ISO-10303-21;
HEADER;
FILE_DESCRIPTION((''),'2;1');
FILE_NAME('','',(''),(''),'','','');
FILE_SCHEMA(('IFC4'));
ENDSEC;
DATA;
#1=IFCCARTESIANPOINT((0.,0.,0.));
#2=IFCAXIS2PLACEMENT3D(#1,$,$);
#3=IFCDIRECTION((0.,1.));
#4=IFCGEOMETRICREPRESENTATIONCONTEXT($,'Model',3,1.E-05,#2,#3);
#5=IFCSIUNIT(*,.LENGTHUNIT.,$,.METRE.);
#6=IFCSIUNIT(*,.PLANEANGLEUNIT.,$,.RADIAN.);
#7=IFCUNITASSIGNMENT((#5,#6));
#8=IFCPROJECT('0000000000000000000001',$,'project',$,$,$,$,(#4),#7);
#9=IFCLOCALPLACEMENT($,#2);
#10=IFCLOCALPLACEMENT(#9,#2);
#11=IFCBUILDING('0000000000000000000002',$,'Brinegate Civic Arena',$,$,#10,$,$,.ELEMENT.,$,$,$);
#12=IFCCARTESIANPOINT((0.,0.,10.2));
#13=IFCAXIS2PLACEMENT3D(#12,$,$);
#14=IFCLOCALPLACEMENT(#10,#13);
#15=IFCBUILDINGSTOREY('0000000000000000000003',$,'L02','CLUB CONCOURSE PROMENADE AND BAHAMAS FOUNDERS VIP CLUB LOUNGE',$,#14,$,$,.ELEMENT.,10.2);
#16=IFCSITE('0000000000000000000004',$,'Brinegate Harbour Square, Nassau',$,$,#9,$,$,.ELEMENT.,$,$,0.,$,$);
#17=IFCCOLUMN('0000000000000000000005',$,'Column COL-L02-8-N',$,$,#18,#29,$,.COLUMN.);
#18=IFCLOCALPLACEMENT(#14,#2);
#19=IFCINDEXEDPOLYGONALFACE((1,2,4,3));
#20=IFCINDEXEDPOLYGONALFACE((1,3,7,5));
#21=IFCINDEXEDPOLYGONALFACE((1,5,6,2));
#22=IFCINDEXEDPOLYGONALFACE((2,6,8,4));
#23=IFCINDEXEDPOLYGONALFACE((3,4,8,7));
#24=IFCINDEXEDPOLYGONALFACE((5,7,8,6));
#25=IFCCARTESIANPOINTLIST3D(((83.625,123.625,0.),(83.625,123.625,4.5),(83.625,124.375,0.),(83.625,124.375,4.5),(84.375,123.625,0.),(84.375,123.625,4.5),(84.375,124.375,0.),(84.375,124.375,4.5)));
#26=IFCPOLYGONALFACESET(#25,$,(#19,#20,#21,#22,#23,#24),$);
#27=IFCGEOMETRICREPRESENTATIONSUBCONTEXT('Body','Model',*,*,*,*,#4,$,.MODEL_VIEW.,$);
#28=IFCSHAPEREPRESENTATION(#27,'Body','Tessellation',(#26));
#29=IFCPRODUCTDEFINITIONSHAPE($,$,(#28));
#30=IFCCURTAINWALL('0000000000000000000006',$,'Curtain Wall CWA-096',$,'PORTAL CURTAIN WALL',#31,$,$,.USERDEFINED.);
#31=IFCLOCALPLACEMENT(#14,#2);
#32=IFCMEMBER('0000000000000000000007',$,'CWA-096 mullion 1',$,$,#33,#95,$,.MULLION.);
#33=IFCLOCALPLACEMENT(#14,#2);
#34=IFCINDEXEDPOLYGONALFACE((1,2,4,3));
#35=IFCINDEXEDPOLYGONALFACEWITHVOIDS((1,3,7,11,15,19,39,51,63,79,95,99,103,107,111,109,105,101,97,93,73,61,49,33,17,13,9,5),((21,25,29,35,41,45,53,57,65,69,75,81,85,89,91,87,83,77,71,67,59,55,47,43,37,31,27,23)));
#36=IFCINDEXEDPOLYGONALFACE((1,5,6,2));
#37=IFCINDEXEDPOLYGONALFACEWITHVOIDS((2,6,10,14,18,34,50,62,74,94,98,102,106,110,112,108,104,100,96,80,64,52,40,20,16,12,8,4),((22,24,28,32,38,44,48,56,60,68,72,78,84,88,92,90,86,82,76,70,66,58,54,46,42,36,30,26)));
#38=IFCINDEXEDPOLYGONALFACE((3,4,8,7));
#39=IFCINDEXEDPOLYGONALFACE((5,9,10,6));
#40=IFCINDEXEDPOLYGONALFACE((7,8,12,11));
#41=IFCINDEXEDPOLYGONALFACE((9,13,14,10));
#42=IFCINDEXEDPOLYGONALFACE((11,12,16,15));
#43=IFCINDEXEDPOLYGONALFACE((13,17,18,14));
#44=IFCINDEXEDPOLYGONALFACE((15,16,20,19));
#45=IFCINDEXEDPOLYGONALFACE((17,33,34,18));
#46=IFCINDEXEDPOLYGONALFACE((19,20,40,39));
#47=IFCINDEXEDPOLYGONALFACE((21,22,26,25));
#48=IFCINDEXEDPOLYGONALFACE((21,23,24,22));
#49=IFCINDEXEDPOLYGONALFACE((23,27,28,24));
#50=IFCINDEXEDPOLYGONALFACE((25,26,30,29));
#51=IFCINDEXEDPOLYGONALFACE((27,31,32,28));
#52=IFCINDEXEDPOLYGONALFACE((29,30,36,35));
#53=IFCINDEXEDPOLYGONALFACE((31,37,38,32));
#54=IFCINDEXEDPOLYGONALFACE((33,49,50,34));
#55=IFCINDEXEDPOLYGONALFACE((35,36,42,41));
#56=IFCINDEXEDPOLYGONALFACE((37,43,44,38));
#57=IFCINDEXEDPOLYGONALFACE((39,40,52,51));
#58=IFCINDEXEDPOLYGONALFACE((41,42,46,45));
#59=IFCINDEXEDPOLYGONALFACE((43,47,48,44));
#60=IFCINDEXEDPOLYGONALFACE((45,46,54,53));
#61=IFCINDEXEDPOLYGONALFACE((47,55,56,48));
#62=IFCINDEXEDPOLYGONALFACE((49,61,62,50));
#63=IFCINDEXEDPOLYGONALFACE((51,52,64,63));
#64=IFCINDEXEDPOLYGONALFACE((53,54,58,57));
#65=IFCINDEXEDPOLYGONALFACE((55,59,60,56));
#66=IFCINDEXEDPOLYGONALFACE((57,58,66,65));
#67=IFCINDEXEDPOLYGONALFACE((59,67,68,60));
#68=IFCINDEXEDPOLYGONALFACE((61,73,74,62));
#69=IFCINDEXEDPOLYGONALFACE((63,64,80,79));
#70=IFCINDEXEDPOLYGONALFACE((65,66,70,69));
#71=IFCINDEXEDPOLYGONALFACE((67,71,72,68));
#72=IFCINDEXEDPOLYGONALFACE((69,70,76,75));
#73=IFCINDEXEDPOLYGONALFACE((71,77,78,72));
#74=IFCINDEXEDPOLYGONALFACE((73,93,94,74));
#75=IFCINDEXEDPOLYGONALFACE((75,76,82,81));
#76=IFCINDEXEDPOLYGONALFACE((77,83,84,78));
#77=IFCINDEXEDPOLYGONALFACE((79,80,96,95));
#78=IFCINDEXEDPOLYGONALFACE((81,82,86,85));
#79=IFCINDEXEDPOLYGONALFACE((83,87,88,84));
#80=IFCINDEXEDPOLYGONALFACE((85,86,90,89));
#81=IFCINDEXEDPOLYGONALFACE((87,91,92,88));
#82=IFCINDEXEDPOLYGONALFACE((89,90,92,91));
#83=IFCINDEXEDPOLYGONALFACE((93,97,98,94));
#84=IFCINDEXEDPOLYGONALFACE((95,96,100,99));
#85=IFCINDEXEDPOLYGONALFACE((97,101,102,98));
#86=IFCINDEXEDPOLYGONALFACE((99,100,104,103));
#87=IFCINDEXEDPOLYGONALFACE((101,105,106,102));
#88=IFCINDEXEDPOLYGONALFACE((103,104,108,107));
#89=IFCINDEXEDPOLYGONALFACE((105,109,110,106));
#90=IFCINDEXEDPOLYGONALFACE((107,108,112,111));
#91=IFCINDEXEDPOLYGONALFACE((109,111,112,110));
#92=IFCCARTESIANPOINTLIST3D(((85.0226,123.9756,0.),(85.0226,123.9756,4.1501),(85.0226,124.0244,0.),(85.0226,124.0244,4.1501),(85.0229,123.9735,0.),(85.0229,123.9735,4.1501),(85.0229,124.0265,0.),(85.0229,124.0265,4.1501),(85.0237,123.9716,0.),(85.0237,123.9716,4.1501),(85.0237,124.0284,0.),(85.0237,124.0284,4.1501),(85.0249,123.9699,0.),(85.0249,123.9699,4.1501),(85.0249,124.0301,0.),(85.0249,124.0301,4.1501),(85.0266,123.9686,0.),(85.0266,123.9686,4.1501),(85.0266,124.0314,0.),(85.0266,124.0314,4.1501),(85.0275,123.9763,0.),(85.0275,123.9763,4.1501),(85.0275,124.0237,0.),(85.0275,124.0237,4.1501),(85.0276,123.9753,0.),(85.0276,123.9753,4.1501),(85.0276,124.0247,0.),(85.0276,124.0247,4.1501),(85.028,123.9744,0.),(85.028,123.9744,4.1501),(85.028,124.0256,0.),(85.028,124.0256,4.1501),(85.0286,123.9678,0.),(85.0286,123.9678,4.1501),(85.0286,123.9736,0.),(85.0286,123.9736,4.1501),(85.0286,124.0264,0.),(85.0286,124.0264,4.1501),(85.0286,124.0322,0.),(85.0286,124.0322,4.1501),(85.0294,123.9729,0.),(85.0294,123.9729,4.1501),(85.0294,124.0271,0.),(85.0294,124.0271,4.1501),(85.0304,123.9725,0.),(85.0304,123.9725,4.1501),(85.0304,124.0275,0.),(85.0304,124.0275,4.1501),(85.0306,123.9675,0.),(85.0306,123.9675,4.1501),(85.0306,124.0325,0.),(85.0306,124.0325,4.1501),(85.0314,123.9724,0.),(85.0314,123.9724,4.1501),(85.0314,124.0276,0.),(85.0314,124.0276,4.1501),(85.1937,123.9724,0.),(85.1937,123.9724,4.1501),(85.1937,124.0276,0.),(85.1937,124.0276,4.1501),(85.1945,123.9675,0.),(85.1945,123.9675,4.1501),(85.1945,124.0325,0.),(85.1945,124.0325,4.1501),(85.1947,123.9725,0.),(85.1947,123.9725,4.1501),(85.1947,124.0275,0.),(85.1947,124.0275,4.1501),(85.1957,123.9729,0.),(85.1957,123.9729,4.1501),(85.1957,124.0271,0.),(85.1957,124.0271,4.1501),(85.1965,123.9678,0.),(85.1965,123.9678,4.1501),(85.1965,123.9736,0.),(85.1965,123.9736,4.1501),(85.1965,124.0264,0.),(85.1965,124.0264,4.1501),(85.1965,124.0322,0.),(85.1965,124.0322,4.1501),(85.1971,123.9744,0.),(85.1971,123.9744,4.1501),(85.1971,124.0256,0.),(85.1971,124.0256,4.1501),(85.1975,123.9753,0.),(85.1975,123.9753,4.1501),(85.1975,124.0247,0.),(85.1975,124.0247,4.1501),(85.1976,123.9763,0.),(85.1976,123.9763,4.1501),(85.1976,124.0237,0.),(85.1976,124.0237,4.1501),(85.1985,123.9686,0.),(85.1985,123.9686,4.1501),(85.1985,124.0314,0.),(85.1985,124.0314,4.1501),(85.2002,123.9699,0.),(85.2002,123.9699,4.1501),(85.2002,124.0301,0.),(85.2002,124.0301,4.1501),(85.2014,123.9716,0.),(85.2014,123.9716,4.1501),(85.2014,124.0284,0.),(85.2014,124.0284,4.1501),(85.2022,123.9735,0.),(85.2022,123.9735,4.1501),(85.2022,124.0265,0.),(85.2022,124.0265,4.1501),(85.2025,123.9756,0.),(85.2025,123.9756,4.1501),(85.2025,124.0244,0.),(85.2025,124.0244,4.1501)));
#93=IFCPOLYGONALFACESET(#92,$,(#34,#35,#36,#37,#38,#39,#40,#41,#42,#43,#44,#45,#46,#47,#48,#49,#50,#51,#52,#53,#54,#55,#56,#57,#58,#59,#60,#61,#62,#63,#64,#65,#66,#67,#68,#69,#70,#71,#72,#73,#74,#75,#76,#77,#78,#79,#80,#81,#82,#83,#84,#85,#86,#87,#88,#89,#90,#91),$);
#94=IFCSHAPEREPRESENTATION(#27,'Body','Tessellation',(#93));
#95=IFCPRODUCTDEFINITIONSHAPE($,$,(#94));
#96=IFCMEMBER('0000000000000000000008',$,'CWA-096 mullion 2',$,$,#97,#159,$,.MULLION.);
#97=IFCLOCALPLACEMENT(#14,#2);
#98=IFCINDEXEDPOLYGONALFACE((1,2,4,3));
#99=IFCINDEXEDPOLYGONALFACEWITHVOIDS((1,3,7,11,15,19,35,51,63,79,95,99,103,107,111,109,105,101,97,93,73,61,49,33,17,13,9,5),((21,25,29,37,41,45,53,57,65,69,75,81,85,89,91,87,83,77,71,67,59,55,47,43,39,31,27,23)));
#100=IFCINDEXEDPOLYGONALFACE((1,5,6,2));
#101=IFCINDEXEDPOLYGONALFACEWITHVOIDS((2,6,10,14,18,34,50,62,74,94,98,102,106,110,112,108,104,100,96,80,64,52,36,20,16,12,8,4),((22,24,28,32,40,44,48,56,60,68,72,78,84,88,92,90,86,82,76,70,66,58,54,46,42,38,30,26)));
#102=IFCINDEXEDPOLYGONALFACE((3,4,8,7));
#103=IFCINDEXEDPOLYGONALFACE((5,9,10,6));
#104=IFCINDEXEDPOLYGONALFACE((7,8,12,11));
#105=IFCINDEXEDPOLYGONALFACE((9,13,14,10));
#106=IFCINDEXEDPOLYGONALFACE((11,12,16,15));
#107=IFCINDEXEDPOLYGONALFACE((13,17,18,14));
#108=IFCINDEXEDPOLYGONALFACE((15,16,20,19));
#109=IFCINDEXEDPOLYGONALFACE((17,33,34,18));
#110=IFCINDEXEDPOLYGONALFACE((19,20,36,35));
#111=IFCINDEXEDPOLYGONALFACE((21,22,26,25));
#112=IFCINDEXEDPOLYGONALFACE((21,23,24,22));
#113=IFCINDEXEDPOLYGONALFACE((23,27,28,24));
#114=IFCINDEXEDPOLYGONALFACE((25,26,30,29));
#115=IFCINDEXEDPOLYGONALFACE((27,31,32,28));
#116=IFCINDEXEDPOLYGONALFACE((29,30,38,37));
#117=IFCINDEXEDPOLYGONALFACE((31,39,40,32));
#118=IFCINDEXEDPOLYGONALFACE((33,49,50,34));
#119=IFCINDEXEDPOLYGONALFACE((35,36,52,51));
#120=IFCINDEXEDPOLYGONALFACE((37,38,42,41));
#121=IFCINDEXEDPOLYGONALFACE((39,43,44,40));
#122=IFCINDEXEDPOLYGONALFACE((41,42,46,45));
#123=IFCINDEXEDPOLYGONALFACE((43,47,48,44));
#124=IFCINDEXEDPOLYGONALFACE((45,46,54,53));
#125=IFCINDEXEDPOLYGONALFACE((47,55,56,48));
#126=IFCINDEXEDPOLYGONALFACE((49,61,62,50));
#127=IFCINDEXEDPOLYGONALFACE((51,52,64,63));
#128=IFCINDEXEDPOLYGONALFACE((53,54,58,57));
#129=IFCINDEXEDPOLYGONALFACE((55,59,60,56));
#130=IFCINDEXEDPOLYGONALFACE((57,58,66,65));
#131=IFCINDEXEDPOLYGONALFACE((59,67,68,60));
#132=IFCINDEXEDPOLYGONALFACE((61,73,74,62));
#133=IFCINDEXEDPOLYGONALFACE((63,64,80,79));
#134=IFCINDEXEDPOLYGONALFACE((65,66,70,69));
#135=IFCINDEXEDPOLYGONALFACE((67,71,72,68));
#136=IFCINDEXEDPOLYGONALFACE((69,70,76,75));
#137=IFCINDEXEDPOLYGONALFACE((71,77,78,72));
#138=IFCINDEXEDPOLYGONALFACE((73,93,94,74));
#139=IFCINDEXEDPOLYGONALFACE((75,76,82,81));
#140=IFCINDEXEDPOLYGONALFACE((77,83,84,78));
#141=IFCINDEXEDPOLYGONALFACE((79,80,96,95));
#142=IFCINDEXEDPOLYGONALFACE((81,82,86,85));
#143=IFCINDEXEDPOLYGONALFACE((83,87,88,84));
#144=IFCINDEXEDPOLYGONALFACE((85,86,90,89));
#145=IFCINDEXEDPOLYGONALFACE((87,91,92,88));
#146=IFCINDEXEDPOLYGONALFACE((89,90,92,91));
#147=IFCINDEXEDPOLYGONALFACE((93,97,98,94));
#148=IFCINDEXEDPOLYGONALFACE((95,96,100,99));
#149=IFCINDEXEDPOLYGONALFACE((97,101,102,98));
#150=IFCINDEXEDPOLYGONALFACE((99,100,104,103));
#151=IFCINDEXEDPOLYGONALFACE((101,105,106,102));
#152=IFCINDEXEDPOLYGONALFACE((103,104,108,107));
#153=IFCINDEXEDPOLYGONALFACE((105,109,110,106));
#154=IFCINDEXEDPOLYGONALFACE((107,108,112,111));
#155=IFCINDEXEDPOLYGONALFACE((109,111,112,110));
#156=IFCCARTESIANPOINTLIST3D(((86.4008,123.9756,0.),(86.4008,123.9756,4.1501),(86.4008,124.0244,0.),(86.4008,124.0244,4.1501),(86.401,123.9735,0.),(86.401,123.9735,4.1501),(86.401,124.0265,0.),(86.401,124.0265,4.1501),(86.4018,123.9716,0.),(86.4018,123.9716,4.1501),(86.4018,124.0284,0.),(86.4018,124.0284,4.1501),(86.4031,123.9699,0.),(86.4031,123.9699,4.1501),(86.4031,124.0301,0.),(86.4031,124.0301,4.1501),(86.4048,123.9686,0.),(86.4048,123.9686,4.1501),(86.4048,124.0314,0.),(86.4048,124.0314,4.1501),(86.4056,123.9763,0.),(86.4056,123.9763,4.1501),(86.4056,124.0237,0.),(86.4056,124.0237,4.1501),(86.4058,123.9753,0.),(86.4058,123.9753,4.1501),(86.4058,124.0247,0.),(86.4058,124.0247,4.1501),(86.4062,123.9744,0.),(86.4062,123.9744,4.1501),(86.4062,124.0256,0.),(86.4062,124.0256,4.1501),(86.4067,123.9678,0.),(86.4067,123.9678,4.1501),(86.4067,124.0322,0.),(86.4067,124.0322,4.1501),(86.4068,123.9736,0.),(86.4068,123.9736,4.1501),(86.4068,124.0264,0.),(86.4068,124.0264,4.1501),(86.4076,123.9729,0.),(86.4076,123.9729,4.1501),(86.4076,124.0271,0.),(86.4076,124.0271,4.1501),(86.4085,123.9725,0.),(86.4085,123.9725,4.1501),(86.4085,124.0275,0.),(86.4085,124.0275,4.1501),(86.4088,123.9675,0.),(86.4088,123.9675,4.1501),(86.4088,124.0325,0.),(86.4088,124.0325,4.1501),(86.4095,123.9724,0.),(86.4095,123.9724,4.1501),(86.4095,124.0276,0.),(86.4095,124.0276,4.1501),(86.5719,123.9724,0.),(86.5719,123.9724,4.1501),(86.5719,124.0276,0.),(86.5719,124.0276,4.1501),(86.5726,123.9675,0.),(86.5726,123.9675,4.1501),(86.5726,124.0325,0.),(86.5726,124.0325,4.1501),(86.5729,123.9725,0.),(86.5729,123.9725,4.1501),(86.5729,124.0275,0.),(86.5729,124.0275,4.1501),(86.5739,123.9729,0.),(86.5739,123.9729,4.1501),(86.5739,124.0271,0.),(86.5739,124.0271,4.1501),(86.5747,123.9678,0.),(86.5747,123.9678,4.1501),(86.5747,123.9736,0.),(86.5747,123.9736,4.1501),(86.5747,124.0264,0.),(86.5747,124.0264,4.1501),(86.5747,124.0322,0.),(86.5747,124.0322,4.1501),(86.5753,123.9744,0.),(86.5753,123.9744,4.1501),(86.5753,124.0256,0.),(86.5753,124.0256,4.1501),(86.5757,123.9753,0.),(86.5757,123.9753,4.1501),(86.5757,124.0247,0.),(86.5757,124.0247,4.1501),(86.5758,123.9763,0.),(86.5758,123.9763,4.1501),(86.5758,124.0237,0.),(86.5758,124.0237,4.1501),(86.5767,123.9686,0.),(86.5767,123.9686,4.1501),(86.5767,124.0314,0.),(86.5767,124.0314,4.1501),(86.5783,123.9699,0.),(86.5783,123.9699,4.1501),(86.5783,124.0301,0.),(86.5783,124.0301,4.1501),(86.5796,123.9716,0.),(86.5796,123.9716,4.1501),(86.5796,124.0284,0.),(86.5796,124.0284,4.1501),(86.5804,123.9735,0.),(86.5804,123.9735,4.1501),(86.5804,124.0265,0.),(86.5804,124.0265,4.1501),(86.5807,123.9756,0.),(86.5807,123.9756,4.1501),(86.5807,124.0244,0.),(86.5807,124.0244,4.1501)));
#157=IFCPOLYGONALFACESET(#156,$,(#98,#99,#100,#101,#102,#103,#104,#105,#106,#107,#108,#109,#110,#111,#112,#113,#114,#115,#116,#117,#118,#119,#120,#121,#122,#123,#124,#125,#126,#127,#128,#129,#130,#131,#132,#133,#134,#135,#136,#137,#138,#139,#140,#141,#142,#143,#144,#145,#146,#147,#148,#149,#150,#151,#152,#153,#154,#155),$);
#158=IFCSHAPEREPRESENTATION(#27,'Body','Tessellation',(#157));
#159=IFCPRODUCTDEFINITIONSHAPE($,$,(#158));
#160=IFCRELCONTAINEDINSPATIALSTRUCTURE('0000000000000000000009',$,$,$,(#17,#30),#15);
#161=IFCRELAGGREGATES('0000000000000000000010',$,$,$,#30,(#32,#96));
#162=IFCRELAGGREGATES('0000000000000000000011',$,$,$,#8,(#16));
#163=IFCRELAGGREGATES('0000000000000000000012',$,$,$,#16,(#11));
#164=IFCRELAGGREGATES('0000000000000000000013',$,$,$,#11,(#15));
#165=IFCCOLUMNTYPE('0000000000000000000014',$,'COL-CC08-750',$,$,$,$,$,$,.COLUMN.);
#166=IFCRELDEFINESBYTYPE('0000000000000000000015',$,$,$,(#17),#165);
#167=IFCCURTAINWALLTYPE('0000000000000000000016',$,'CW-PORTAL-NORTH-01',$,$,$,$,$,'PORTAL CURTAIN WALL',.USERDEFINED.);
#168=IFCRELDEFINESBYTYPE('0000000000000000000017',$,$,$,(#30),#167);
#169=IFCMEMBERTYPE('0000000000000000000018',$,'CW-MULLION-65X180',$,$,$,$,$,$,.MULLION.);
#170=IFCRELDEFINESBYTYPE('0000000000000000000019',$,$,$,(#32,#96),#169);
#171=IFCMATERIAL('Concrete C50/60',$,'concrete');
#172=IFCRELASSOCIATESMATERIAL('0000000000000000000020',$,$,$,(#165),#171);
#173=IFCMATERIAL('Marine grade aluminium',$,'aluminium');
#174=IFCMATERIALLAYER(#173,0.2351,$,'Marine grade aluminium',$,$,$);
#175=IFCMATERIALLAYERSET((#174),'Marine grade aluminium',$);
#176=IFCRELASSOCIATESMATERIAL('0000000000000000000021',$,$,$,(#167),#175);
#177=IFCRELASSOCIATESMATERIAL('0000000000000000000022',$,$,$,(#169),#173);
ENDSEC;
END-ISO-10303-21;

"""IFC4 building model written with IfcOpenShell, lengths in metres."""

from ifc_helpers import new_model, si_unit, direction, frame, origin, origin_2d, place, context, subcontext, project, spatial, rectangle, hollow_rectangle, extrude, material, layer, layer_set, material_profile, profile_set, type_object, element, aggregate, save


model = new_model("IFC4")

# Units and contexts
model_context = context("Model", 3, precision=1e-05, world=origin(), true_north=direction((0.0, 1.0)))
body_context = subcontext(model_context, "Body", "Model", "MODEL_VIEW")
ifc_project = project(units=[si_unit("LENGTHUNIT", "METRE"), si_unit("PLANEANGLEUNIT", "RADIAN")], contexts=[model_context])

# Site, building, storey
site_placement = place(None, origin())
site = spatial("IfcSite", under=ifc_project, at=site_placement, Name="Brinegate Harbour Square, Nassau", CompositionType="ELEMENT", RefElevation=0.0)
building_placement = place(site_placement, origin())
building = spatial("IfcBuilding", under=site, at=building_placement, Name="Brinegate Civic Arena", CompositionType="ELEMENT")
storey_placement = place(building_placement, frame((0.0, 0.0, 10.2)))
storey = spatial("IfcBuildingStorey", under=building, at=storey_placement, Name="L02", Description="CLUB CONCOURSE PROMENADE AND BAHAMAS FOUNDERS VIP CLUB LOUNGE", CompositionType="ELEMENT", Elevation=10.2)

# Column
ifc_material_1 = material(Name="Concrete C50/60", Category="concrete")
ifc_material_profile_1 = material_profile(ifc_material_1, rectangle(XDim=0.75, YDim=0.75, at=origin_2d()), Name="RC750X750")
ifc_profile_set_1 = profile_set([ifc_material_profile_1], Name="Concrete C50/60")
column_type = type_object("IfcColumnType", Name="COL-CC08-750", PredefinedType="COLUMN", material=ifc_profile_set_1)
column_placement = place(storey_placement, frame((84.0, 124.0, 0.0), z_axis=(0.0, 0.0, 1.0), x_axis=(1.0, 0.0, 0.0)))
element("IfcColumn", 1, at=column_placement, inside=storey, type_object=column_type, Name="Column COL-L02-8-N", PredefinedType="COLUMN", context=body_context, shape_type="SweptSolid", body=[
    extrude(rectangle(XDim=0.75, YDim=0.75, at=origin_2d()), origin(), (0.0, 0.0, 1.0), 4.5),
])

# Curtain wall, members
ifc_material_2 = material(Name="Marine grade aluminium", Category="aluminium")
ifc_layer_1 = layer(ifc_material_2, 0.2351, Name="Marine grade aluminium")
ifc_layer_set_1 = layer_set([ifc_layer_1], Name="Marine grade aluminium")
curtain_wall_type = type_object("IfcCurtainWallType", Name="CW-PORTAL-NORTH-01", ElementType="PORTAL CURTAIN WALL", PredefinedType="USERDEFINED", material=ifc_layer_set_1)
curtain_wall_placement = place(storey_placement, origin())
curtain_wall = element("IfcCurtainWall", 2, at=curtain_wall_placement, inside=storey, type_object=curtain_wall_type, Name="Curtain Wall CWA-096", ObjectType="PORTAL CURTAIN WALL", PredefinedType="USERDEFINED")
ifc_material_profile_2 = material_profile(ifc_material_2, hollow_rectangle(XDim=0.0649, YDim=0.1799, WallThickness=0.0049, InnerFilletRadius=0.0039, OuterFilletRadius=0.0081, at=origin_2d()), Name="MUL65X180")
ifc_profile_set_2 = profile_set([ifc_material_profile_2], Name="Marine grade aluminium")
member_type_1 = type_object("IfcMemberType", Name="CW-MULLION-65X180", PredefinedType="MULLION", material=ifc_profile_set_2)
member_1_placement = place(storey_placement, frame((85.1125, 124.0, 0.0), z_axis=(0.0, 0.0, 1.0), x_axis=(0.0, 1.0, 0.0)))
member_1 = element("IfcMember", 3, at=member_1_placement, type_object=member_type_1, Name="CWA-096 mullion 1", PredefinedType="MULLION", context=body_context, shape_type="SweptSolid", body=[
    extrude(hollow_rectangle(XDim=0.0649, YDim=0.1799, WallThickness=0.0049, InnerFilletRadius=0.0039, OuterFilletRadius=0.0081, at=origin_2d()), origin(), (0.0, 0.0, 1.0), 4.1501),
])
member_2_placement = place(storey_placement, frame((86.4907, 124.0, 0.0), z_axis=(0.0, 0.0, 1.0), x_axis=(0.0, 1.0, 0.0)))
member_2 = element("IfcMember", 4, at=member_2_placement, type_object=member_type_1, Name="CWA-096 mullion 2", PredefinedType="MULLION", context=body_context, shape_type="SweptSolid", body=[
    extrude(hollow_rectangle(XDim=0.0649, YDim=0.1799, WallThickness=0.0049, InnerFilletRadius=0.0039, OuterFilletRadius=0.0081, at=origin_2d()), origin(), (0.0, 0.0, 1.0), 4.1501),
])

aggregate(curtain_wall, [member_1, member_2])

save(model, "model.ifc")
